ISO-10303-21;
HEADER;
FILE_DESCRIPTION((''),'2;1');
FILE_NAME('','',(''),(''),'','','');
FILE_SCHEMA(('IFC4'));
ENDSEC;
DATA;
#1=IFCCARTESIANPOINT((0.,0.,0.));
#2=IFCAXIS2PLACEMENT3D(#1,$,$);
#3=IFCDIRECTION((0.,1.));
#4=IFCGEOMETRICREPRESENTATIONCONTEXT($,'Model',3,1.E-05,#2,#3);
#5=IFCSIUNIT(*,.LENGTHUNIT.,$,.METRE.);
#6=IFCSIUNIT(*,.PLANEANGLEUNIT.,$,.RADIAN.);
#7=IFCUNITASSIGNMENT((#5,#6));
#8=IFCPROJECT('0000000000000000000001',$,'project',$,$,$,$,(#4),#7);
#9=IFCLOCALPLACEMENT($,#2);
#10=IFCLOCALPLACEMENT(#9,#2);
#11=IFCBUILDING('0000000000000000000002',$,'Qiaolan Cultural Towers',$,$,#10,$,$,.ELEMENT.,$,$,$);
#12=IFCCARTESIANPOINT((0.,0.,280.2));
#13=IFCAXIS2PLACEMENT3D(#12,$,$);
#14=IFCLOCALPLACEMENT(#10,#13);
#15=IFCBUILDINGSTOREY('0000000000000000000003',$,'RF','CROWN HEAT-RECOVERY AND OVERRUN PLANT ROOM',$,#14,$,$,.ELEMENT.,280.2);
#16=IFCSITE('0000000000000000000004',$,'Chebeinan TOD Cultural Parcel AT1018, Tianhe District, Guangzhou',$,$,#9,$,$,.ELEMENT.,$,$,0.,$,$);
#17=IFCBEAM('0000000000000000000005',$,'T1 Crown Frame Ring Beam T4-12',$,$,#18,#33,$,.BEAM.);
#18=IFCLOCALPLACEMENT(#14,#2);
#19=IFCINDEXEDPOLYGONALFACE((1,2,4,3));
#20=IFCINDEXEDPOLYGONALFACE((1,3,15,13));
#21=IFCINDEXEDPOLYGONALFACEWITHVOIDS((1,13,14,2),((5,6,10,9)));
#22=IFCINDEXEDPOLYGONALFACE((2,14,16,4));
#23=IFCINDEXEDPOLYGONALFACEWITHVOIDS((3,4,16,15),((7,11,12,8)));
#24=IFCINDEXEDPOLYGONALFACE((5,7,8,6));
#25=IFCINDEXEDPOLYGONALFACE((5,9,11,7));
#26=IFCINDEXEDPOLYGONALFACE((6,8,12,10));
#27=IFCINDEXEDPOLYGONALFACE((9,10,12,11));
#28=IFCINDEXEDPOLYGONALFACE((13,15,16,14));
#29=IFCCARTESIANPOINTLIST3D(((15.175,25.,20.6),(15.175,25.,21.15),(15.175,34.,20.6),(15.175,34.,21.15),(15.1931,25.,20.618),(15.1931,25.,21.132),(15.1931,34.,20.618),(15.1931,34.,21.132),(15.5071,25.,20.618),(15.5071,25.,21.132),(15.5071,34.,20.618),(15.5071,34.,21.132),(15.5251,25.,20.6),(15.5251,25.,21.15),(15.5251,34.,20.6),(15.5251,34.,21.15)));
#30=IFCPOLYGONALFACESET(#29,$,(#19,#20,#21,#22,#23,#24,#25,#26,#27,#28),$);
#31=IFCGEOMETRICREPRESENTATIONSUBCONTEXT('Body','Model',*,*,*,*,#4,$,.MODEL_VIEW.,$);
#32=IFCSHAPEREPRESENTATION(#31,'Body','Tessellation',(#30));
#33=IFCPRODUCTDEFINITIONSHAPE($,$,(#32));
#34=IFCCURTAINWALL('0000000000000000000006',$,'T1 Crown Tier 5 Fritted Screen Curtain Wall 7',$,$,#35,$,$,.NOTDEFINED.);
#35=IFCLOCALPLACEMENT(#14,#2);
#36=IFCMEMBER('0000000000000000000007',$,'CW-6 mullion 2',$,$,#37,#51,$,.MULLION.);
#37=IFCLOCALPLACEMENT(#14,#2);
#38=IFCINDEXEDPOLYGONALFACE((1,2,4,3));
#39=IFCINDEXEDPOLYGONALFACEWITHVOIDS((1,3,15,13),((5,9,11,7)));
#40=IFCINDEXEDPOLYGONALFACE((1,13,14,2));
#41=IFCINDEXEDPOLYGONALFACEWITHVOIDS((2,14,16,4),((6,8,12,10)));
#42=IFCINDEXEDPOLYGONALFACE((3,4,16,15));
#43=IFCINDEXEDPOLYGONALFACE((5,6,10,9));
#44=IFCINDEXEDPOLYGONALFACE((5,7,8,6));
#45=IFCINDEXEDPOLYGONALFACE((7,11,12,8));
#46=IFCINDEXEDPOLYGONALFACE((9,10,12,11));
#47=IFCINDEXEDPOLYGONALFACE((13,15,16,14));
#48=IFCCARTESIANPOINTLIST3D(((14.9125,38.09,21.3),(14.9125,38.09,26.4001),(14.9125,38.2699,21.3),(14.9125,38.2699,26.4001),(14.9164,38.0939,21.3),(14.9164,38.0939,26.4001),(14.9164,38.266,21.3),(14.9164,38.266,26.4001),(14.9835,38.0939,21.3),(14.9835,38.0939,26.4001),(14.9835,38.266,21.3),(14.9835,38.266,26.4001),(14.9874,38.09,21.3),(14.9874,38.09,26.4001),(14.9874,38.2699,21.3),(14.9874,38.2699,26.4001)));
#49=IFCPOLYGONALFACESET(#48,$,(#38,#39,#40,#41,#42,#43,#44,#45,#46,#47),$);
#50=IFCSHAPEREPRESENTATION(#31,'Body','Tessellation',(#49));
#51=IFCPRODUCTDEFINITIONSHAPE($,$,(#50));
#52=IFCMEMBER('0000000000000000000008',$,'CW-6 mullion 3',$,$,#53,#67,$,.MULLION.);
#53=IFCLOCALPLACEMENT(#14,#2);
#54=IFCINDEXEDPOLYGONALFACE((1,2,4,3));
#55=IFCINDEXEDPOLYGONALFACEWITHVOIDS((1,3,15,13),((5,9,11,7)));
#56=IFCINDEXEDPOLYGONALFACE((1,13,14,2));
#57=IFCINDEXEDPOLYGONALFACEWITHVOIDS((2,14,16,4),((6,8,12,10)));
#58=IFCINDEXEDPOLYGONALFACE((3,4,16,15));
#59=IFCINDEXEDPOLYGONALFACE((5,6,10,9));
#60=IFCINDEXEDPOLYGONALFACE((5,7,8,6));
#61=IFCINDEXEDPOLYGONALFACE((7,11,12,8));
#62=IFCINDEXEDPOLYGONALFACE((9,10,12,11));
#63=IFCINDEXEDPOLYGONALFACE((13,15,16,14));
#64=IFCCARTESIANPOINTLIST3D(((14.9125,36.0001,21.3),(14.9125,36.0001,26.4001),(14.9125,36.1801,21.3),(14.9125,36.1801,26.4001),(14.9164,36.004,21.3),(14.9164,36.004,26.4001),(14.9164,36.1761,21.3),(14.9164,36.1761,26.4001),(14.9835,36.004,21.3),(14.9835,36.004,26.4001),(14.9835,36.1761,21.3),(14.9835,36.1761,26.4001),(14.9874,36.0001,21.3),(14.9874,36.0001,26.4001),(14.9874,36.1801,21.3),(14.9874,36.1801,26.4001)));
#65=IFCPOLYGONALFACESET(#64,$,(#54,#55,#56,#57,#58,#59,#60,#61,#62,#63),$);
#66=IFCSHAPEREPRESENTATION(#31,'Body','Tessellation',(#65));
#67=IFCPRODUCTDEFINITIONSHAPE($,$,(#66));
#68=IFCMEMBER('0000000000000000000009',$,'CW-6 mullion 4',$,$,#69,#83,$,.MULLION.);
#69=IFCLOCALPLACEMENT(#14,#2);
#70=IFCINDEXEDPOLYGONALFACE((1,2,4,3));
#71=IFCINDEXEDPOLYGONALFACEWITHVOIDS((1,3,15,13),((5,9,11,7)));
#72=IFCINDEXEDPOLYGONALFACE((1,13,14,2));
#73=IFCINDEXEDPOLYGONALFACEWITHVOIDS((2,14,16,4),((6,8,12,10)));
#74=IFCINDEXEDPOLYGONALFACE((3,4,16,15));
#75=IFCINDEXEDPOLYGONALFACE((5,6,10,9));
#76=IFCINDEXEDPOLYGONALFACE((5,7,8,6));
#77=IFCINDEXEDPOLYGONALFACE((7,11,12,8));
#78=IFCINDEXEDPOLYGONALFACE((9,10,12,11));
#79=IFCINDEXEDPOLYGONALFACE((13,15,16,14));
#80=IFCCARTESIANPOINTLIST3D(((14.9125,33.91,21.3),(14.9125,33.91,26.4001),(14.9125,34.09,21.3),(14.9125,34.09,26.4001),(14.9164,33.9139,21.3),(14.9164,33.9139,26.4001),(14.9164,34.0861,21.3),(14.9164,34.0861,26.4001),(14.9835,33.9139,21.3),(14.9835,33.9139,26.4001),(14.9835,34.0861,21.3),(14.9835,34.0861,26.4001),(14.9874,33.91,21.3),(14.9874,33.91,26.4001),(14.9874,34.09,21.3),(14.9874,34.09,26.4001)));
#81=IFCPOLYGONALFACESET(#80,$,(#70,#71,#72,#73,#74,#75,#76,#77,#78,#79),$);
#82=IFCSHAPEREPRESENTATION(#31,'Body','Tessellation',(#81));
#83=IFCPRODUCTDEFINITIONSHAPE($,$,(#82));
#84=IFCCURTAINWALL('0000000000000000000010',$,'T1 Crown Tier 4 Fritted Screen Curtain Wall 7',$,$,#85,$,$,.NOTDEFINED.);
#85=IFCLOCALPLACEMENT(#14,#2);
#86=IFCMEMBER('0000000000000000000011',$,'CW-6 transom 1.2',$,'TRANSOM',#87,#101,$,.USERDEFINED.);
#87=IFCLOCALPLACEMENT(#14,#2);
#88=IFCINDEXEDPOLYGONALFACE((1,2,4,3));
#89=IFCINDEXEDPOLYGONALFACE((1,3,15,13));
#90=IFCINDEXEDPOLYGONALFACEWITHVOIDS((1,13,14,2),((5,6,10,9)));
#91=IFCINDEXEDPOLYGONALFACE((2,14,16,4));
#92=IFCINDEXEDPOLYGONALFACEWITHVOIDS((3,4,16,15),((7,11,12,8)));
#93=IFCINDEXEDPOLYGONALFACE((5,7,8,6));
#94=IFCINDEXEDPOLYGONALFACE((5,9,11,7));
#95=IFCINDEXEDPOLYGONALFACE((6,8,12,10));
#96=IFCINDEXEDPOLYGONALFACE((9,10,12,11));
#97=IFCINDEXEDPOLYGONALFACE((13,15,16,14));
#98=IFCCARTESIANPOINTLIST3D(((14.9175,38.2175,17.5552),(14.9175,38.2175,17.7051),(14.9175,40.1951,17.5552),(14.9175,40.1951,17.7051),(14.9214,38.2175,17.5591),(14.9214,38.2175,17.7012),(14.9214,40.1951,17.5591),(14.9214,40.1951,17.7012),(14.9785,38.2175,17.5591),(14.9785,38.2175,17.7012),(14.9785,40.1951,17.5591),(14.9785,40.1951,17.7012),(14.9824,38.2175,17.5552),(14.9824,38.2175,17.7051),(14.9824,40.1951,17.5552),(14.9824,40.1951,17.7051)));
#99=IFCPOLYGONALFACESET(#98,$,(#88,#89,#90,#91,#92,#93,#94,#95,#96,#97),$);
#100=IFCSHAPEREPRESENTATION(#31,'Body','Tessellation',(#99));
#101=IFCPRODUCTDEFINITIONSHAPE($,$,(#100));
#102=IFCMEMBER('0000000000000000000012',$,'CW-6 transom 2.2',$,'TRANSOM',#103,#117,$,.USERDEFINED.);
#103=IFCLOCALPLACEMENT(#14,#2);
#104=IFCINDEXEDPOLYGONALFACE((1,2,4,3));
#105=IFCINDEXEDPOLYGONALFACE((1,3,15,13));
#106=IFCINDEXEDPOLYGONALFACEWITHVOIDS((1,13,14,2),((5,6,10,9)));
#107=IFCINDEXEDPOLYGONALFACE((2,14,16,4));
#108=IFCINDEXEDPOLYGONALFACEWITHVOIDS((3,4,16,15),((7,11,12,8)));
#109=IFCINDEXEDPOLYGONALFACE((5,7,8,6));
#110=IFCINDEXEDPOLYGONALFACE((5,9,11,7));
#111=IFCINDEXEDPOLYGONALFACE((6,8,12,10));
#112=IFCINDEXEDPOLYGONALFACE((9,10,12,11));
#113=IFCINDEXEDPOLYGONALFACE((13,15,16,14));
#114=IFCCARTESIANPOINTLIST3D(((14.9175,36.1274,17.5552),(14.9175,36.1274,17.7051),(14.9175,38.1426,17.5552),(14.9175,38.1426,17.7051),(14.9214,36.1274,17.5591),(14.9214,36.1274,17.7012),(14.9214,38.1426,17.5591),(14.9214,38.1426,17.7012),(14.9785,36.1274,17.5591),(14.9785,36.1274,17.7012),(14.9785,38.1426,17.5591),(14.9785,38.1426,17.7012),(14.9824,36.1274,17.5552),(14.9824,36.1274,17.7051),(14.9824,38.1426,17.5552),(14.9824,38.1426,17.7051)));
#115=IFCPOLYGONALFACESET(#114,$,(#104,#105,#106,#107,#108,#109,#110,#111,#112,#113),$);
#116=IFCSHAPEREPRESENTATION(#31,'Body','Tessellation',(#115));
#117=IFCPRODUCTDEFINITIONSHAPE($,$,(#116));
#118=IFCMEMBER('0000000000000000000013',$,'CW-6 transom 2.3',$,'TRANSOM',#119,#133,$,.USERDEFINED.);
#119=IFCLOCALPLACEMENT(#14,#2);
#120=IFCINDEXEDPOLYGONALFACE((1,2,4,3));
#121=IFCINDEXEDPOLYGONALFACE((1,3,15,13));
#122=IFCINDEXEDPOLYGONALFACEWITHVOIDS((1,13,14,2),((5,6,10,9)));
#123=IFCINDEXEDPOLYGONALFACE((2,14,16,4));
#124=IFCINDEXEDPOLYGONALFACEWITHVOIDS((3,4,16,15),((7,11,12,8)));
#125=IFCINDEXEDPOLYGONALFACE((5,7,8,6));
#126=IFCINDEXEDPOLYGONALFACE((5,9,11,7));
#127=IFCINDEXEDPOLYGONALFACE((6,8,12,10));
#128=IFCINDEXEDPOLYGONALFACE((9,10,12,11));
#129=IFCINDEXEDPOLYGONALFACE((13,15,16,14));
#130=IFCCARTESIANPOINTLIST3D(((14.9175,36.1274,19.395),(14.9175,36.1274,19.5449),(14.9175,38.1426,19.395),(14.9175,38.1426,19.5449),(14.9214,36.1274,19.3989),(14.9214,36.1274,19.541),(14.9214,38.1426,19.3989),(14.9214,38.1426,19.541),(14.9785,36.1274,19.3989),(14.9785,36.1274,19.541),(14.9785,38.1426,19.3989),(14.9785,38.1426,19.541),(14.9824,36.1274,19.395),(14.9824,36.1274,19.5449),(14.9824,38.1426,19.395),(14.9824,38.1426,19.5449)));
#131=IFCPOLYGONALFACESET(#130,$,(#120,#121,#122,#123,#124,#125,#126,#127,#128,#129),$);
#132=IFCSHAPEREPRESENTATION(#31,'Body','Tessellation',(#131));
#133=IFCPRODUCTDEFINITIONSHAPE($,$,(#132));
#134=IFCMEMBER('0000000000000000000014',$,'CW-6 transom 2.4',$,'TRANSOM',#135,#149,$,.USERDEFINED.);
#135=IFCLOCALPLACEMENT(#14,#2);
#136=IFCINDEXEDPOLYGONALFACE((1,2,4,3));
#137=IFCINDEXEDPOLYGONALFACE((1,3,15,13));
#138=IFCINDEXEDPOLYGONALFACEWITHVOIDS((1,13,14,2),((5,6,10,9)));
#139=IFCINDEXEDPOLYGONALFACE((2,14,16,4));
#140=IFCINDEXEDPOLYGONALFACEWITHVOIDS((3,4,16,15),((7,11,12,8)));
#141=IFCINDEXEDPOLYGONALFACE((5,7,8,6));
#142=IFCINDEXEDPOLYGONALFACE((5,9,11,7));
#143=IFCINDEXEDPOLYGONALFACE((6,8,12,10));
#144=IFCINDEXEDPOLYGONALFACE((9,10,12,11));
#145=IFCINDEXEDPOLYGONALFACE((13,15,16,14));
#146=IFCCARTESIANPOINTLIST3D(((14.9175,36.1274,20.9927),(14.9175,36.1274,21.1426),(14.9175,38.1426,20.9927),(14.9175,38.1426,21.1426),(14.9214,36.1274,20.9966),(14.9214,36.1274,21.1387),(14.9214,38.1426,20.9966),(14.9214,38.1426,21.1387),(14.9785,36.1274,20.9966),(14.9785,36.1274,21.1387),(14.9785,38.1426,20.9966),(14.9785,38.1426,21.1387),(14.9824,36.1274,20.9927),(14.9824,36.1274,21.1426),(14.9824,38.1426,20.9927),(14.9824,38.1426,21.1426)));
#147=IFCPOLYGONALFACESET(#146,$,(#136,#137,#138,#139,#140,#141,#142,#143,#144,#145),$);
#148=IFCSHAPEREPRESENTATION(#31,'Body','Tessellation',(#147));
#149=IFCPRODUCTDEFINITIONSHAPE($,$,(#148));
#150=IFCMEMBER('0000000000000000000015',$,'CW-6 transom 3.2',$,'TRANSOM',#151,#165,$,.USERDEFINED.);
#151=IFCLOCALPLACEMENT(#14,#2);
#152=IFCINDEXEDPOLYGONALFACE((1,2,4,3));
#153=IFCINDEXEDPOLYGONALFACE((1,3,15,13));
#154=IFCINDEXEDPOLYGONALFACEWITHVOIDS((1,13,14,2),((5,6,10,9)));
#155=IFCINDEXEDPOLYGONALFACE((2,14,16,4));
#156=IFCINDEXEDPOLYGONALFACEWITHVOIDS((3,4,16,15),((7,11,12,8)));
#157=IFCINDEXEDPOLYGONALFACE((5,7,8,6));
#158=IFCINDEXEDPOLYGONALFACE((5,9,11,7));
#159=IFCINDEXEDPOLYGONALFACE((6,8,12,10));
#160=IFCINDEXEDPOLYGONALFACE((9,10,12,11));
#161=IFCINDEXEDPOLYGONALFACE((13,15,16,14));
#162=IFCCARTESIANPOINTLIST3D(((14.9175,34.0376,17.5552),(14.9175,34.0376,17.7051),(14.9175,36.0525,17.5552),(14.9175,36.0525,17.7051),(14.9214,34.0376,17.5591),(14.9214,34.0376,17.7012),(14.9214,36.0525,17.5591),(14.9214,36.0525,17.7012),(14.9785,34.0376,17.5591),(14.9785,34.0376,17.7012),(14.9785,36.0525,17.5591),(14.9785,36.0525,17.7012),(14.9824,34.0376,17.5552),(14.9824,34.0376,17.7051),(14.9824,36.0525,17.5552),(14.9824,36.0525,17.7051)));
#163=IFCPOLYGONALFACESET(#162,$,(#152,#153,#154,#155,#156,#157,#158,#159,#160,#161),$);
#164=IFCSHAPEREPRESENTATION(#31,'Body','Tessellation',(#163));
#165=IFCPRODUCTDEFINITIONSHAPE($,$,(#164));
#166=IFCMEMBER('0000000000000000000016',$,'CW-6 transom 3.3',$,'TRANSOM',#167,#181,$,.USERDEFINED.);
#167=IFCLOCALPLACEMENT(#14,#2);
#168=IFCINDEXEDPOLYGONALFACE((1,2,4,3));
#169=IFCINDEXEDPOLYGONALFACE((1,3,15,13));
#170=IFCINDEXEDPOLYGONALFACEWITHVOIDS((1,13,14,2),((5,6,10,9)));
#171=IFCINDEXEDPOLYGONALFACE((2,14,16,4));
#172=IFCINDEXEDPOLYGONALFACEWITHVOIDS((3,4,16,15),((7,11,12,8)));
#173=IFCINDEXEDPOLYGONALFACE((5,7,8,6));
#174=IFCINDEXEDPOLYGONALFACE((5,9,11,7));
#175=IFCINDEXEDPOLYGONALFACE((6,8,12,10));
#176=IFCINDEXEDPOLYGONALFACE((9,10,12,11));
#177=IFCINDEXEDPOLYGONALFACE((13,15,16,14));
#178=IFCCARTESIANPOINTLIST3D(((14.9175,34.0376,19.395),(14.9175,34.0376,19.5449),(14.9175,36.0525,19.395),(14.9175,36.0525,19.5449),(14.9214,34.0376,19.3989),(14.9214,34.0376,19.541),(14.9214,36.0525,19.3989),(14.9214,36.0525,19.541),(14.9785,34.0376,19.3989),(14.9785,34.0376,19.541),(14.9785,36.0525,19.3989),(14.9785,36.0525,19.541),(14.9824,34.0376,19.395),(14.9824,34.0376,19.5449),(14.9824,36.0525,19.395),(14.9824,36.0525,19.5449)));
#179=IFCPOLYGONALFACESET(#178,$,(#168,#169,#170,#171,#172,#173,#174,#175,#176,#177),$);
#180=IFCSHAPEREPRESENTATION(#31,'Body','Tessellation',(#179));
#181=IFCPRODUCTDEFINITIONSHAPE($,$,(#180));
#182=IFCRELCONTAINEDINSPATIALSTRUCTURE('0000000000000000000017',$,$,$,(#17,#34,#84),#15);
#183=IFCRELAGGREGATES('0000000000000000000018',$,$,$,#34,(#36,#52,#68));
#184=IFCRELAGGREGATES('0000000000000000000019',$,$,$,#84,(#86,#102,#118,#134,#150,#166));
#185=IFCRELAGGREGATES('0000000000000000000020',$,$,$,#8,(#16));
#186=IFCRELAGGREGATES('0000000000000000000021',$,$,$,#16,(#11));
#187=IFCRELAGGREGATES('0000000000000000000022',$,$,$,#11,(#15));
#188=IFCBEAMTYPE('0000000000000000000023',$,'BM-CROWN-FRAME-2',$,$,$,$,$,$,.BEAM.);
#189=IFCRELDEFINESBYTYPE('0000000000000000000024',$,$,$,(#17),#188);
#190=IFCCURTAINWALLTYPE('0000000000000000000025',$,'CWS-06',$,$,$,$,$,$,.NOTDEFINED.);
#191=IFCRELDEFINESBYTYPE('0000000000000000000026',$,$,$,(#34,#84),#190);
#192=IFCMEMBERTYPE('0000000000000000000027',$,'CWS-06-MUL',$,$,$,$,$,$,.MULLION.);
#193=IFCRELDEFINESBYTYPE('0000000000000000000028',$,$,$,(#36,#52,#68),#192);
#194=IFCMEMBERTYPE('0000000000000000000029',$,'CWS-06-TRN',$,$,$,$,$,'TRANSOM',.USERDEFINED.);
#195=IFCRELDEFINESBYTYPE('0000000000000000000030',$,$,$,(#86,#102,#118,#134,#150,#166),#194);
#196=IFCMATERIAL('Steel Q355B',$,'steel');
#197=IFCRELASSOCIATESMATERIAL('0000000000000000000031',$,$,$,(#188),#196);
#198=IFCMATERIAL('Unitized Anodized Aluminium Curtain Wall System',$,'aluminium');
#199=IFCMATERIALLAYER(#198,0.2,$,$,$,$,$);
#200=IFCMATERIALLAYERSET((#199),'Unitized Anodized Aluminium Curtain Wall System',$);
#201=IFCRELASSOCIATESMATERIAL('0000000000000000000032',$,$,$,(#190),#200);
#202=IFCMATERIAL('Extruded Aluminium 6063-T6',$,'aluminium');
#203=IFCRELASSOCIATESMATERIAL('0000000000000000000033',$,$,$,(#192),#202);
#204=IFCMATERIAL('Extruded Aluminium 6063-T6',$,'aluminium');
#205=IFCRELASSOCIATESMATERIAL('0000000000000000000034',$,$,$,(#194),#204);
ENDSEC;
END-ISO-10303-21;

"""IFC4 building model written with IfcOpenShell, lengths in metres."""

from ifc_helpers import new_model, si_unit, direction, frame, origin, origin_2d, place, context, subcontext, project, spatial, hollow_rectangle, extrude, material, layer, layer_set, material_profile, profile_set, type_object, element, aggregate, save


model = new_model("IFC4")

# Units and contexts
model_context = context("Model", 3, precision=1e-05, world=origin(), true_north=direction((0.0, 1.0)))
body_context = subcontext(model_context, "Body", "Model", "MODEL_VIEW")
ifc_project = project(units=[si_unit("LENGTHUNIT", "METRE"), si_unit("PLANEANGLEUNIT", "RADIAN")], contexts=[model_context])

# Site, building, storey
site_placement = place(None, origin())
site = spatial("IfcSite", under=ifc_project, at=site_placement, Name="Chebeinan TOD Cultural Parcel AT1018, Tianhe District, Guangzhou", CompositionType="ELEMENT", RefElevation=0.0)
building_placement = place(site_placement, origin())
building = spatial("IfcBuilding", under=site, at=building_placement, Name="Qiaolan Cultural Towers", CompositionType="ELEMENT")
storey_placement = place(building_placement, frame((0.0, 0.0, 280.2)))
storey = spatial("IfcBuildingStorey", under=building, at=storey_placement, Name="RF", Description="CROWN HEAT-RECOVERY AND OVERRUN PLANT ROOM", CompositionType="ELEMENT", Elevation=280.2)

# Beam
ifc_material_1 = material(Name="Steel Q355B", Category="steel")
ifc_material_profile_1 = material_profile(ifc_material_1, hollow_rectangle(XDim=0.3501, YDim=0.55, WallThickness=0.0181, at=origin_2d()), Name="BOX550x350x18")
ifc_profile_set_1 = profile_set([ifc_material_profile_1], Name="Steel Q355B")
beam_type = type_object("IfcBeamType", Name="BM-CROWN-FRAME-2", PredefinedType="BEAM", material=ifc_profile_set_1)
beam_placement = place(storey_placement, frame((15.3501, 34.0, 20.875), z_axis=(0.0, -1.0, 0.0), x_axis=(1.0, 0.0, 0.0)))
element("IfcBeam", 1, at=beam_placement, inside=storey, type_object=beam_type, Name="T1 Crown Frame Ring Beam T4-12", PredefinedType="BEAM", context=body_context, shape_type="SweptSolid", body=[
    extrude(hollow_rectangle(XDim=0.3501, YDim=0.55, WallThickness=0.0181, at=origin_2d()), origin(), (0.0, 0.0, 1.0), 9.0),
])

# Curtain wall, members
ifc_material_2 = material(Name="Unitized Anodized Aluminium Curtain Wall System", Category="aluminium")
ifc_layer_1 = layer(ifc_material_2, 0.2)
ifc_layer_set_1 = layer_set([ifc_layer_1], Name="Unitized Anodized Aluminium Curtain Wall System")
curtain_wall_type = type_object("IfcCurtainWallType", Name="CWS-06", PredefinedType="NOTDEFINED", material=ifc_layer_set_1)
curtain_wall_1_placement = place(storey_placement, origin())
curtain_wall_1 = element("IfcCurtainWall", 2, at=curtain_wall_1_placement, inside=storey, type_object=curtain_wall_type, Name="T1 Crown Tier 5 Fritted Screen Curtain Wall 7", PredefinedType="NOTDEFINED")
ifc_material_3 = material(Name="Extruded Aluminium 6063-T6", Category="aluminium")
ifc_material_profile_2 = material_profile(ifc_material_3, hollow_rectangle(XDim=0.075, YDim=0.1799, WallThickness=0.0039, at=origin_2d()), Name="CWM-180x75x4")
ifc_profile_set_2 = profile_set([ifc_material_profile_2], Name="Extruded Aluminium 6063-T6")
member_type_1 = type_object("IfcMemberType", Name="CWS-06-MUL", PredefinedType="MULLION", material=ifc_profile_set_2)
member_1_placement = place(storey_placement, frame((14.95, 38.1799, 21.3), z_axis=(0.0, 0.0, 1.0), x_axis=(1.0, 0.0, 0.0)))
member_1 = element("IfcMember", 3, at=member_1_placement, type_object=member_type_1, Name="CW-6 mullion 2", PredefinedType="MULLION", context=body_context, shape_type="SweptSolid", body=[
    extrude(hollow_rectangle(XDim=0.075, YDim=0.1799, WallThickness=0.0039, at=origin_2d()), origin(), (0.0, 0.0, 1.0), 5.1001),
])
member_2_placement = place(storey_placement, frame((14.95, 36.0901, 21.3), z_axis=(0.0, 0.0, 1.0), x_axis=(1.0, 0.0, 0.0)))
member_2 = element("IfcMember", 4, at=member_2_placement, type_object=member_type_1, Name="CW-6 mullion 3", PredefinedType="MULLION", context=body_context, shape_type="SweptSolid", body=[
    extrude(hollow_rectangle(XDim=0.075, YDim=0.1799, WallThickness=0.0039, at=origin_2d()), origin(), (0.0, 0.0, 1.0), 5.1001),
])
member_3_placement = place(storey_placement, frame((14.95, 34.0, 21.3), z_axis=(0.0, 0.0, 1.0), x_axis=(1.0, 0.0, 0.0)))
member_3 = element("IfcMember", 5, at=member_3_placement, type_object=member_type_1, Name="CW-6 mullion 4", PredefinedType="MULLION", context=body_context, shape_type="SweptSolid", body=[
    extrude(hollow_rectangle(XDim=0.075, YDim=0.1799, WallThickness=0.0039, at=origin_2d()), origin(), (0.0, 0.0, 1.0), 5.1001),
])
aggregate(curtain_wall_1, [member_1, member_2, member_3])

# Curtain wall, members
curtain_wall_2_placement = place(storey_placement, origin())
curtain_wall_2 = element("IfcCurtainWall", 6, at=curtain_wall_2_placement, inside=storey, type_object=curtain_wall_type, Name="T1 Crown Tier 4 Fritted Screen Curtain Wall 7", PredefinedType="NOTDEFINED")
ifc_material_4 = material(Name="Extruded Aluminium 6063-T6", Category="aluminium")
ifc_material_profile_3 = material_profile(ifc_material_4, hollow_rectangle(XDim=0.0649, YDim=0.1499, WallThickness=0.0039, at=origin_2d()), Name="CWT-150x65x4")
ifc_profile_set_3 = profile_set([ifc_material_profile_3], Name="Extruded Aluminium 6063-T6")
member_type_2 = type_object("IfcMemberType", Name="CWS-06-TRN", ElementType="TRANSOM", PredefinedType="USERDEFINED", material=ifc_profile_set_3)
member_4_placement = place(storey_placement, frame((14.95, 40.1951, 17.6301), z_axis=(0.0, -1.0, 0.0), x_axis=(1.0, 0.0, 0.0)))
member_4 = element("IfcMember", 7, at=member_4_placement, type_object=member_type_2, Name="CW-6 transom 1.2", ObjectType="TRANSOM", PredefinedType="USERDEFINED", context=body_context, shape_type="SweptSolid", body=[
    extrude(hollow_rectangle(XDim=0.0649, YDim=0.1499, WallThickness=0.0039, at=origin_2d()), origin(), (0.0, 0.0, 1.0), 1.9775),
])
member_5_placement = place(storey_placement, frame((14.95, 38.1426, 17.6301), z_axis=(0.0, -1.0, 0.0), x_axis=(1.0, 0.0, 0.0)))
member_5 = element("IfcMember", 8, at=member_5_placement, type_object=member_type_2, Name="CW-6 transom 2.2", ObjectType="TRANSOM", PredefinedType="USERDEFINED", context=body_context, shape_type="SweptSolid", body=[
    extrude(hollow_rectangle(XDim=0.0649, YDim=0.1499, WallThickness=0.0039, at=origin_2d()), origin(), (0.0, 0.0, 1.0), 2.0151),
])
member_6_placement = place(storey_placement, frame((14.95, 38.1426, 19.47), z_axis=(0.0, -1.0, 0.0), x_axis=(1.0, 0.0, 0.0)))
member_6 = element("IfcMember", 9, at=member_6_placement, type_object=member_type_2, Name="CW-6 transom 2.3", ObjectType="TRANSOM", PredefinedType="USERDEFINED", context=body_context, shape_type="SweptSolid", body=[
    extrude(hollow_rectangle(XDim=0.0649, YDim=0.1499, WallThickness=0.0039, at=origin_2d()), origin(), (0.0, 0.0, 1.0), 2.0151),
])
member_7_placement = place(storey_placement, frame((14.95, 38.1426, 21.0676), z_axis=(0.0, -1.0, 0.0), x_axis=(1.0, 0.0, 0.0)))
member_7 = element("IfcMember", 10, at=member_7_placement, type_object=member_type_2, Name="CW-6 transom 2.4", ObjectType="TRANSOM", PredefinedType="USERDEFINED", context=body_context, shape_type="SweptSolid", body=[
    extrude(hollow_rectangle(XDim=0.0649, YDim=0.1499, WallThickness=0.0039, at=origin_2d()), origin(), (0.0, 0.0, 1.0), 2.0151),
])
member_8_placement = place(storey_placement, frame((14.95, 36.0525, 17.6301), z_axis=(0.0, -1.0, 0.0), x_axis=(1.0, 0.0, 0.0)))
member_8 = element("IfcMember", 11, at=member_8_placement, type_object=member_type_2, Name="CW-6 transom 3.2", ObjectType="TRANSOM", PredefinedType="USERDEFINED", context=body_context, shape_type="SweptSolid", body=[
    extrude(hollow_rectangle(XDim=0.0649, YDim=0.1499, WallThickness=0.0039, at=origin_2d()), origin(), (0.0, 0.0, 1.0), 2.0149),
])
member_9_placement = place(storey_placement, frame((14.95, 36.0525, 19.47), z_axis=(0.0, -1.0, 0.0), x_axis=(1.0, 0.0, 0.0)))
member_9 = element("IfcMember", 12, at=member_9_placement, type_object=member_type_2, Name="CW-6 transom 3.3", ObjectType="TRANSOM", PredefinedType="USERDEFINED", context=body_context, shape_type="SweptSolid", body=[
    extrude(hollow_rectangle(XDim=0.0649, YDim=0.1499, WallThickness=0.0039, at=origin_2d()), origin(), (0.0, 0.0, 1.0), 2.0149),
])
aggregate(curtain_wall_2, [member_4, member_5, member_6, member_7, member_8, member_9])

save(model, "model.ifc")
